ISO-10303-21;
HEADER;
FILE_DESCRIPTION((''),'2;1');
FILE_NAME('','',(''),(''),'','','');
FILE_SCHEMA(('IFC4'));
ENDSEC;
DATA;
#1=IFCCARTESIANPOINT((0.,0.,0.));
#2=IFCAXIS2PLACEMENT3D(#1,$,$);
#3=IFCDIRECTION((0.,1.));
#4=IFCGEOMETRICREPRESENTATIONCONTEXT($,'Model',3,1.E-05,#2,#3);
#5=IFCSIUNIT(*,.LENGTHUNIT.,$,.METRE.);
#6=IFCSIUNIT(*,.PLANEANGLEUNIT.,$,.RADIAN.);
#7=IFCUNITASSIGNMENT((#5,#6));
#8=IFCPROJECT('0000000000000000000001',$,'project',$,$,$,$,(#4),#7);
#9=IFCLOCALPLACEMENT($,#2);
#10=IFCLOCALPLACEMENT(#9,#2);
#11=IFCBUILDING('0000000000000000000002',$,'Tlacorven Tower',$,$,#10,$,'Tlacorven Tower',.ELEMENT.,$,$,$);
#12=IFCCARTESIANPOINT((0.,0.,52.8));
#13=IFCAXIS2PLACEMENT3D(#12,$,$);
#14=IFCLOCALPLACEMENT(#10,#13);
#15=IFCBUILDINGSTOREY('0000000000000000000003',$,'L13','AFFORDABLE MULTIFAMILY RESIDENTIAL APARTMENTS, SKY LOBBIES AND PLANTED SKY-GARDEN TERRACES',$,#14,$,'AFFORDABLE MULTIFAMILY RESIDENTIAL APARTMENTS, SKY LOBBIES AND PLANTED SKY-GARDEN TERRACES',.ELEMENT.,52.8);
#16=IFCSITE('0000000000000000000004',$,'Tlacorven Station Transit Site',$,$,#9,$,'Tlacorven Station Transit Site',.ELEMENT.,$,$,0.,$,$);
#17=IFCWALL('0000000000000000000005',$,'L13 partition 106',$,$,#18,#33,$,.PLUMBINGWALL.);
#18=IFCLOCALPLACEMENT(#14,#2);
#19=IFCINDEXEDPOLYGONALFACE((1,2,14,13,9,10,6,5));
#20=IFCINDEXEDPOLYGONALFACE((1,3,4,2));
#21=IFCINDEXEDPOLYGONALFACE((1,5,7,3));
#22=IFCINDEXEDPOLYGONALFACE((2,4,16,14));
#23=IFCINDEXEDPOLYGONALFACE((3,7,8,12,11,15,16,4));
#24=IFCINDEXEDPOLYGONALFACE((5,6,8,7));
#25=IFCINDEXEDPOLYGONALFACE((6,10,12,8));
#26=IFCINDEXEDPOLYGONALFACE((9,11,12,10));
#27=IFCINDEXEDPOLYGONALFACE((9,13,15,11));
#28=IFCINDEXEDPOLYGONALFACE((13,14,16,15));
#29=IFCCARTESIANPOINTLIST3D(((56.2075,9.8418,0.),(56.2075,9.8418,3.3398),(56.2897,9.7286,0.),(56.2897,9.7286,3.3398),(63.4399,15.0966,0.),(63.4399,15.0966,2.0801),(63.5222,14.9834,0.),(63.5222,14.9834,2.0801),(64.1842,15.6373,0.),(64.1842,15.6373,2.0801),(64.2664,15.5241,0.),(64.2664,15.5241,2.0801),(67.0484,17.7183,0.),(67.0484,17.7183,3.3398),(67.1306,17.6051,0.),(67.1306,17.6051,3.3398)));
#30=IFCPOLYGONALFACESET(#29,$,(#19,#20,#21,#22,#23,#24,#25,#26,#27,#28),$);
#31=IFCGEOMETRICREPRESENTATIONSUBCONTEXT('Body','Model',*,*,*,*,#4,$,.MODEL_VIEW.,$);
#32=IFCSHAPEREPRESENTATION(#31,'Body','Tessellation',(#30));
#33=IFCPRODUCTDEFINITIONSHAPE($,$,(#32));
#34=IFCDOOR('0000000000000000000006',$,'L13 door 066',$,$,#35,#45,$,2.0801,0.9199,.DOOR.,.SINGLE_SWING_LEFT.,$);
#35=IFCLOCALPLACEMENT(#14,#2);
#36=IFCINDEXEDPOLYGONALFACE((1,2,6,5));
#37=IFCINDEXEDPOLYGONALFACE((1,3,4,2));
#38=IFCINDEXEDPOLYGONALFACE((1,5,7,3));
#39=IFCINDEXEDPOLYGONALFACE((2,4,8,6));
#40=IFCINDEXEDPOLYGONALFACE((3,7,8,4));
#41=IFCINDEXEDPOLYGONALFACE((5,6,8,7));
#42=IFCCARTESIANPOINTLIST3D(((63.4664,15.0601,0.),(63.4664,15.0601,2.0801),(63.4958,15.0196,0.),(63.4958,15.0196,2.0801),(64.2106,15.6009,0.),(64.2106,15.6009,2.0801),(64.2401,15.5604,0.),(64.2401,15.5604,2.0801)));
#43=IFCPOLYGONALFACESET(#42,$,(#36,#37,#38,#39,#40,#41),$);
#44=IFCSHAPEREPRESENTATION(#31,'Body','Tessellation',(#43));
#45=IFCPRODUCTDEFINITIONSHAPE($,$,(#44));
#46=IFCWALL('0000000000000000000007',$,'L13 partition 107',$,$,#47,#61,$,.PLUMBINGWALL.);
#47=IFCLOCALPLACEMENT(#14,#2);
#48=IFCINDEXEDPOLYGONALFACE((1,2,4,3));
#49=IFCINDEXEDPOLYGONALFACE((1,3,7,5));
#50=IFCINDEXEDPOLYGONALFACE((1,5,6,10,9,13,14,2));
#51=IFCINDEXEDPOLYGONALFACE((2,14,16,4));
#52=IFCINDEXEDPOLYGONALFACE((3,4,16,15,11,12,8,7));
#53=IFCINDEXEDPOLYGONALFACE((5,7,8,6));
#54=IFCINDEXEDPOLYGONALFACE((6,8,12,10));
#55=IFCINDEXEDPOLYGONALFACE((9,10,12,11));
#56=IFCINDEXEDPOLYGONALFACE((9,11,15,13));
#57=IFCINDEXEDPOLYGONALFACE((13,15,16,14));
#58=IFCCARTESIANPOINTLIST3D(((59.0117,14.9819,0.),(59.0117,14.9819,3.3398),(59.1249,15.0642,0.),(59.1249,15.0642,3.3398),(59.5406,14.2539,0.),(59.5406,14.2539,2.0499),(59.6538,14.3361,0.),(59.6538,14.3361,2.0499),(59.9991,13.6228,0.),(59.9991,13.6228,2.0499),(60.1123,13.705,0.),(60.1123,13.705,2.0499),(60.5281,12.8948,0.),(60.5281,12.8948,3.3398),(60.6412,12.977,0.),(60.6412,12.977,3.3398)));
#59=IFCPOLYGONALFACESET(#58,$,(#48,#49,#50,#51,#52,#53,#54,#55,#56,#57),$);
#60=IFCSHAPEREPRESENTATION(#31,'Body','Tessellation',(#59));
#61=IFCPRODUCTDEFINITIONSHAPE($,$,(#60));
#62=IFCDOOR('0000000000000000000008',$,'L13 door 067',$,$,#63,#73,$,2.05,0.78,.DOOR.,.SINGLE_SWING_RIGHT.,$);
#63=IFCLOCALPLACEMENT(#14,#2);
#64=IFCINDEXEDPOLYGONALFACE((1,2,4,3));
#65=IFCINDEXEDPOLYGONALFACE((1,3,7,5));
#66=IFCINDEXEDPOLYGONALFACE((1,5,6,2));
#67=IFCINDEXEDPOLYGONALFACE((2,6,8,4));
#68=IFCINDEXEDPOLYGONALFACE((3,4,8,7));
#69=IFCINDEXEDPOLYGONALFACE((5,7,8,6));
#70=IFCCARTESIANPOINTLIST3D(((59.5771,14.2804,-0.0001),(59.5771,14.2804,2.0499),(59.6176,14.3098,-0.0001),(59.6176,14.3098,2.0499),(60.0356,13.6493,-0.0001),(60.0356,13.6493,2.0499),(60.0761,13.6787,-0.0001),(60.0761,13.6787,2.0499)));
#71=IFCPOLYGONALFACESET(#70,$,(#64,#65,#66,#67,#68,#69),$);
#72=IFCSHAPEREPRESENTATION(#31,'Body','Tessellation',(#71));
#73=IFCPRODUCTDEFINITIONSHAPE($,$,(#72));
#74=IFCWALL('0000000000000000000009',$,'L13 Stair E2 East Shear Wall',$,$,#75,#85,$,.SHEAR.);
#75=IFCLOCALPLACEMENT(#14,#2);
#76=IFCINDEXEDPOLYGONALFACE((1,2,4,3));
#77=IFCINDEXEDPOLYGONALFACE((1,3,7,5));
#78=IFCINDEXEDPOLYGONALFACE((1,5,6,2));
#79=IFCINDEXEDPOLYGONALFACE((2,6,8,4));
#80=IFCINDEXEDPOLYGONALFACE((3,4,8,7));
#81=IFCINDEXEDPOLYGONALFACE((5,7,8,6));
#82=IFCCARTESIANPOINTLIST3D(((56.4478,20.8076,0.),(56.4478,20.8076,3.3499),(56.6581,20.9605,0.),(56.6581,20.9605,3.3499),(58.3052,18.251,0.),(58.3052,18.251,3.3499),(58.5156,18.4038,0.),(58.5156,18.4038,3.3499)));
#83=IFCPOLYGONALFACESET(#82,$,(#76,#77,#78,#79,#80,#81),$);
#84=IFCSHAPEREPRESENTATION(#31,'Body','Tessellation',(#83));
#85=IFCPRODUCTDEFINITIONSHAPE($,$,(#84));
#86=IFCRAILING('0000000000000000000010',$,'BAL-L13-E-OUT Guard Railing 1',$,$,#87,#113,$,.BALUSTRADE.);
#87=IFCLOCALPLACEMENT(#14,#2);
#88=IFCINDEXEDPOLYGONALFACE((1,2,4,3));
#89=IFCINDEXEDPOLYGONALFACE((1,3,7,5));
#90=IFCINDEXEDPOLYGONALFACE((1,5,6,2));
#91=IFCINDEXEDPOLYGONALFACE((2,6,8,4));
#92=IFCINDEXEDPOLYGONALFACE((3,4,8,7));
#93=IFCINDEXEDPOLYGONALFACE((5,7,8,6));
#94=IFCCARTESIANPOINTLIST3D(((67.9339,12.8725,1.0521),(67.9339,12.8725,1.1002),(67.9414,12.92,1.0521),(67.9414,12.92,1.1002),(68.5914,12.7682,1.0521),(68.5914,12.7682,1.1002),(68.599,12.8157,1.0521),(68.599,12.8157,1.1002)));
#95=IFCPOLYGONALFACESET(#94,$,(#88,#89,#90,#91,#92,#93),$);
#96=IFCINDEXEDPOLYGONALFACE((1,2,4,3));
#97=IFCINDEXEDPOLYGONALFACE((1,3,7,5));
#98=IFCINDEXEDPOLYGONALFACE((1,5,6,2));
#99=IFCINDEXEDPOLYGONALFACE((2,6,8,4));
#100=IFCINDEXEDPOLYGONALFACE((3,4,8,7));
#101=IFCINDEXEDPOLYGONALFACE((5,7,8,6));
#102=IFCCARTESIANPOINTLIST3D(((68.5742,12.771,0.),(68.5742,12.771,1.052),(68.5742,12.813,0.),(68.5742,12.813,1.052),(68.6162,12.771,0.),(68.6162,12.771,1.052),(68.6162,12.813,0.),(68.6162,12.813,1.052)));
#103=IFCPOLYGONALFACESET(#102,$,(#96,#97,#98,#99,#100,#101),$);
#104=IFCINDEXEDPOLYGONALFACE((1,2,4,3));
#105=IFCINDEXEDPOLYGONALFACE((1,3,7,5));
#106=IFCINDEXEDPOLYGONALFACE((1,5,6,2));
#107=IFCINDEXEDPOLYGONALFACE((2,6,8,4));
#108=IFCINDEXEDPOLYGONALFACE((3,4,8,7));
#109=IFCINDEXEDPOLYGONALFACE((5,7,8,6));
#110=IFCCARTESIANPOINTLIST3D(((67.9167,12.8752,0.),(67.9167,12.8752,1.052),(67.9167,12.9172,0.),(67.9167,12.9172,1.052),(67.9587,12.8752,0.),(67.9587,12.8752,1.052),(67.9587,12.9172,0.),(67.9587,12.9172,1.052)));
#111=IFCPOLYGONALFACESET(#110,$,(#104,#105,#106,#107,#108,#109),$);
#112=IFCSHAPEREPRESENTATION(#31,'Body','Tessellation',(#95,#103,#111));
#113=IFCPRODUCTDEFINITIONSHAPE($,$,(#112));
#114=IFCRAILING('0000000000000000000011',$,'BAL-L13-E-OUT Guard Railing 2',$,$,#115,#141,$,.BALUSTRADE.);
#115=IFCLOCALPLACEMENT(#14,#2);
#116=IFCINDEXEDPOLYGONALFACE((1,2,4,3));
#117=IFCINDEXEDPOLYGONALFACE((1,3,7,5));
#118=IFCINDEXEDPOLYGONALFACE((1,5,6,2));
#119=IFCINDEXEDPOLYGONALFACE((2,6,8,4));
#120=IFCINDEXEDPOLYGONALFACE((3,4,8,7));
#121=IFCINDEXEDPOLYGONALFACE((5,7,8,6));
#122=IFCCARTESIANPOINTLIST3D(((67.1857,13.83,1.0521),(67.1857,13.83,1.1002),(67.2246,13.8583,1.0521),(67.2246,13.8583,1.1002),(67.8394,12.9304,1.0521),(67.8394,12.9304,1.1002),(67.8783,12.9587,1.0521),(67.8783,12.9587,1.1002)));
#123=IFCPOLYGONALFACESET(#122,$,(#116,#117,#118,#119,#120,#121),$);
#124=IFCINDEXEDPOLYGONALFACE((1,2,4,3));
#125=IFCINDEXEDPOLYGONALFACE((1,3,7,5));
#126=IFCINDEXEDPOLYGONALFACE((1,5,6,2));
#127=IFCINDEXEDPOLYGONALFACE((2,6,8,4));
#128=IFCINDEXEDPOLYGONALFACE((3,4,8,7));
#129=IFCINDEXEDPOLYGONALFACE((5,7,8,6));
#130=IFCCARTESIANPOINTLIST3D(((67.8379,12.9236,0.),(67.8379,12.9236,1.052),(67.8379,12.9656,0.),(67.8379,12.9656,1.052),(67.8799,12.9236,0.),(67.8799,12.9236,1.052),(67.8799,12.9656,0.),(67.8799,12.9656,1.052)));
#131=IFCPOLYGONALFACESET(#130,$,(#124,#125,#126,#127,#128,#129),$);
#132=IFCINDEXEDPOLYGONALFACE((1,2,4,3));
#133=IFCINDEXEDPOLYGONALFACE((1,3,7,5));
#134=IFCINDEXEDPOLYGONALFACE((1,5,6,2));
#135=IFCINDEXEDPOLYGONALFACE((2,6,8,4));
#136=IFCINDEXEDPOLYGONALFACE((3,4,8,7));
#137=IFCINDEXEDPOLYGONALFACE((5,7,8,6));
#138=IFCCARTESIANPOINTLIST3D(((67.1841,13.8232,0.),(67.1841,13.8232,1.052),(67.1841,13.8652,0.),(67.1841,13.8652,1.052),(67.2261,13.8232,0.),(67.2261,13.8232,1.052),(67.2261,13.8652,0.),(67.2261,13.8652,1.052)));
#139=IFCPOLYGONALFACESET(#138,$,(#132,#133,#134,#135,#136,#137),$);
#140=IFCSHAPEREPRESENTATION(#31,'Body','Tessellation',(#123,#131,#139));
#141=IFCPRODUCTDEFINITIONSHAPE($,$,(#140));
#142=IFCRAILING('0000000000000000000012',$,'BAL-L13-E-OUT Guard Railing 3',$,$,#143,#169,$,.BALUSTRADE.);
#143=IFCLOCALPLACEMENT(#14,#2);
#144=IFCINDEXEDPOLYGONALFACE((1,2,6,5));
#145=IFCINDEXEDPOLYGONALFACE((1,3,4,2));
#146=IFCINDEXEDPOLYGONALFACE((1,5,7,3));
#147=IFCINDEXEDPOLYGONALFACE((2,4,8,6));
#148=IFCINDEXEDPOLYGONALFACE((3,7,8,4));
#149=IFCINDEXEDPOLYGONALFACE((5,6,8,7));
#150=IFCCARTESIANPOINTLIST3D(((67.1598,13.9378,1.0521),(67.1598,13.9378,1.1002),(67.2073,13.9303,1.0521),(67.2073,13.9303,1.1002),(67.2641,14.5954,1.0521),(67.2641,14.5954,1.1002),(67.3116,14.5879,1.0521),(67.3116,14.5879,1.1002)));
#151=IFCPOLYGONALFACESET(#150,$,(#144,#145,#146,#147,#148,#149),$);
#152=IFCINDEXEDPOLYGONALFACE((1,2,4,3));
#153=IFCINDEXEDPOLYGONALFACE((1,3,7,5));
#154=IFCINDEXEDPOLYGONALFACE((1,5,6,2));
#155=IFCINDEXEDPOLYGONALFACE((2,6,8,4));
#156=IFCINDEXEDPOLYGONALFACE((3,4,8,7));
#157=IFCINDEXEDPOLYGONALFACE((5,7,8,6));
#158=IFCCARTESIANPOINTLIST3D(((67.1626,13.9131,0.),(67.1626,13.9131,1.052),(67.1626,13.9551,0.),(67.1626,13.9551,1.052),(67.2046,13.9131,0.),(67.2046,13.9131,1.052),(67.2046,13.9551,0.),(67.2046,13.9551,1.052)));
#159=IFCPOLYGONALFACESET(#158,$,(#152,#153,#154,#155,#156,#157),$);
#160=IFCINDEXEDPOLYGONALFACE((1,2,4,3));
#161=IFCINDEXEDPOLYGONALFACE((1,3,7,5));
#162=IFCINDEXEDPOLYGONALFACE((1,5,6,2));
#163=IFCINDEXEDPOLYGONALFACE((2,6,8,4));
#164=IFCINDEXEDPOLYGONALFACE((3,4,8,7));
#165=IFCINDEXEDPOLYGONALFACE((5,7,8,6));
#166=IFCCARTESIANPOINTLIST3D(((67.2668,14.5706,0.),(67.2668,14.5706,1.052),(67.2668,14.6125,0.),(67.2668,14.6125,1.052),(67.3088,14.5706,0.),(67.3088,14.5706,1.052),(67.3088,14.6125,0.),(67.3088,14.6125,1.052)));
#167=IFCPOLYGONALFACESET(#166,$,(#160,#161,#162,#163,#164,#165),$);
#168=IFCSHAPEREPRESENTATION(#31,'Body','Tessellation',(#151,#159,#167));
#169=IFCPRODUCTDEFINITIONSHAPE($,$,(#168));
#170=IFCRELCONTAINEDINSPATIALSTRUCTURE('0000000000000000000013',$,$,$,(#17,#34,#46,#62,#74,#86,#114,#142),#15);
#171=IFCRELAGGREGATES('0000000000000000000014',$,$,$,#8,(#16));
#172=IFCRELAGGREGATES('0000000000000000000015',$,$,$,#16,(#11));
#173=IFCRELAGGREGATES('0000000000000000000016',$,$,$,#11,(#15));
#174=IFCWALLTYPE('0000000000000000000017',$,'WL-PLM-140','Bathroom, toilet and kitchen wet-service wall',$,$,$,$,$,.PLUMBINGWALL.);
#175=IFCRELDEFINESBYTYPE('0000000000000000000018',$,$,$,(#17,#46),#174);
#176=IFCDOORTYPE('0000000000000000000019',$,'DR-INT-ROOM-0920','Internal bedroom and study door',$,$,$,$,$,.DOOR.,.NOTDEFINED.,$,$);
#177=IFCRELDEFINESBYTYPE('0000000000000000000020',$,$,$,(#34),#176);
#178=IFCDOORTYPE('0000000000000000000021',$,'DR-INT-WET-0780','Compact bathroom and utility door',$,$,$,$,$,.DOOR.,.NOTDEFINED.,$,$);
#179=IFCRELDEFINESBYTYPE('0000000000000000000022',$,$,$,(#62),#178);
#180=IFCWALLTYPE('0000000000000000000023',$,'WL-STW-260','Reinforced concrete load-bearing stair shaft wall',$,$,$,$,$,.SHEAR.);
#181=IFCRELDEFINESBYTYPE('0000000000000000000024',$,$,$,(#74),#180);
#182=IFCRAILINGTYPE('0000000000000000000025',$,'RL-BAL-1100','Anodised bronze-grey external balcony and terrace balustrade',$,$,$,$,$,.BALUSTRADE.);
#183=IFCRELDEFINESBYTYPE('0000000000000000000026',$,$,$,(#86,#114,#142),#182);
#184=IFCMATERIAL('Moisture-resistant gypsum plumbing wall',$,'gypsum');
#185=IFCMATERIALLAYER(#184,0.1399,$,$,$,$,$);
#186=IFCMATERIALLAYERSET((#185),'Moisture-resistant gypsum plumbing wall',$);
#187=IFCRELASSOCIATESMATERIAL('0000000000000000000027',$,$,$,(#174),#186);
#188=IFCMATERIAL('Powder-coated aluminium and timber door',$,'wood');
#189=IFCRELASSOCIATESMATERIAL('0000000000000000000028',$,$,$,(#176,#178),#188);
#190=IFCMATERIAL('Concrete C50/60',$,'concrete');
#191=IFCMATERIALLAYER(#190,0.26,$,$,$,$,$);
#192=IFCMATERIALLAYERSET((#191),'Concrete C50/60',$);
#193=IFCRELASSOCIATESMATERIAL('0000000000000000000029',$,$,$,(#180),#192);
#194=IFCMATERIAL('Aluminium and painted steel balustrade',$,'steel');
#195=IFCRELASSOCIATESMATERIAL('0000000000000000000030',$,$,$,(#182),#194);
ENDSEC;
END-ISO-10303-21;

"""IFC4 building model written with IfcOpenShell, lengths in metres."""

from ifc_helpers import new_model, si_unit, direction, frame, frame_2d, origin, origin_2d, place, context, subcontext, project, spatial, rectangle, extrude, source, transform, mapped, material, layer, layer_set, type_object, element, fill, save


model = new_model("IFC4")

# Units and contexts
model_context = context("Model", 3, precision=1e-05, world=origin(), true_north=direction((0.0, 1.0)))
body_context = subcontext(model_context, "Body", "Model", "MODEL_VIEW")
ifc_project = project(units=[si_unit("LENGTHUNIT", "METRE"), si_unit("PLANEANGLEUNIT", "RADIAN")], contexts=[model_context])

# Site, building, storey
site_placement = place(None, origin())
site = spatial("IfcSite", under=ifc_project, at=site_placement, Name="Tlacorven Station Transit Site", LongName="Tlacorven Station Transit Site", CompositionType="ELEMENT", RefElevation=0.0)
building_placement = place(site_placement, origin())
building = spatial("IfcBuilding", under=site, at=building_placement, Name="Tlacorven Tower", LongName="Tlacorven Tower", CompositionType="ELEMENT")
storey_placement = place(building_placement, frame((0.0, 0.0, 52.8)))
storey = spatial("IfcBuildingStorey", under=building, at=storey_placement, Name="L13", Description="AFFORDABLE MULTIFAMILY RESIDENTIAL APARTMENTS, SKY LOBBIES AND PLANTED SKY-GARDEN TERRACES", LongName="AFFORDABLE MULTIFAMILY RESIDENTIAL APARTMENTS, SKY LOBBIES AND PLANTED SKY-GARDEN TERRACES", CompositionType="ELEMENT", Elevation=52.8)

# Shared definitions
ifc_material_1 = material(Name="Powder-coated aluminium and timber door", Category="wood")

# Walls, openings, doors
ifc_material_2 = material(Name="Moisture-resistant gypsum plumbing wall", Category="gypsum")
ifc_layer_1 = layer(ifc_material_2, 0.1399)
ifc_layer_set_1 = layer_set([ifc_layer_1], Name="Moisture-resistant gypsum plumbing wall")
wall_type_1 = type_object("IfcWallType", Name="WL-PLM-140", Description="Bathroom, toilet and kitchen wet-service wall", PredefinedType="PLUMBINGWALL", material=ifc_layer_set_1)
wall_1_placement = place(storey_placement, frame((56.2485, 9.7852, 0.0), z_axis=(0.0, 0.0, 1.0), x_axis=(0.809012, 0.587792, 0.0)))
wall_1 = element("IfcWall", 1, at=wall_1_placement, inside=storey, type_object=wall_type_1, Name="L13 partition 106", PredefinedType="PLUMBINGWALL", context=body_context, shape_type="SweptSolid", body=[
    extrude(rectangle(XDim=13.4001, YDim=0.1399, at=frame_2d((6.7002, 0.0))), origin(), (0.0, 0.0, 1.0), 3.3398),
])
opening_1_placement = place(wall_1_placement, frame((8.9399, 0.0, 0.0)))
opening_1 = element("IfcOpeningElement", 2, at=opening_1_placement, cuts=wall_1, PredefinedType="OPENING", context=body_context, shape_type="SweptSolid", body=[
    extrude(rectangle(XDim=0.9199, YDim=2.0801, at=frame_2d((0.46, 1.04))), frame((0.0, 0.0801, 0.0), z_axis=(0.0, -1.0, 0.0), x_axis=(1.0, 0.0, 0.0)), (0.0, 0.0, 1.0), 0.1599),
])
door_type_1 = type_object("IfcDoorType", Name="DR-INT-ROOM-0920", Description="Internal bedroom and study door", OperationType="NOTDEFINED", PredefinedType="DOOR", material=ifc_material_1)
shared_shape_1 = source(origin(), body_context, "Body", "SweptSolid", [
    extrude(rectangle(XDim=0.9199, YDim=2.0801, at=frame_2d((0.46, 1.04))), frame((0.0, 0.0249, 0.0), z_axis=(0.0, -1.0, 0.0), x_axis=(1.0, 0.0, 0.0)), (0.0, 0.0, 1.0), 0.05),
])
door_1_placement = place(opening_1_placement, origin())
door_1 = element("IfcDoor", 3, at=door_1_placement, inside=storey, type_object=door_type_1, Name="L13 door 066", OperationType="SINGLE_SWING_LEFT", OverallHeight=2.0801, OverallWidth=0.9199, PredefinedType="DOOR", context=body_context, shape_type="MappedRepresentation", body=[
    mapped(shared_shape_1, transform((0.0, 0.0, 0.0), scale=1.0)),
])
fill(opening_1, door_1)
wall_2_placement = place(storey_placement, frame((60.5847, 12.9358, 0.0), z_axis=(0.0, 0.0, 1.0), x_axis=(-0.587772, 0.809027, 0.0)))
wall_2 = element("IfcWall", 4, at=wall_2_placement, inside=storey, type_object=wall_type_1, Name="L13 partition 107", PredefinedType="PLUMBINGWALL", context=body_context, shape_type="SweptSolid", body=[
    extrude(rectangle(XDim=2.5798, YDim=0.1399, at=frame_2d((1.29, 0.0))), origin(), (0.0, 0.0, 1.0), 3.3398),
])
opening_2_placement = place(wall_2_placement, frame((0.8999, 0.0, 0.0)))
opening_2 = element("IfcOpeningElement", 5, at=opening_2_placement, cuts=wall_2, PredefinedType="OPENING", context=body_context, shape_type="SweptSolid", body=[
    extrude(rectangle(XDim=0.78, YDim=2.05, at=frame_2d((0.3901, 1.0249))), frame((0.0, 0.0801, 0.0), z_axis=(0.0, -1.0, 0.0), x_axis=(1.0, 0.0, 0.0)), (0.0, 0.0, 1.0), 0.1599),
])
door_type_2 = type_object("IfcDoorType", Name="DR-INT-WET-0780", Description="Compact bathroom and utility door", OperationType="NOTDEFINED", PredefinedType="DOOR", material=ifc_material_1)
shared_shape_2 = source(origin(), body_context, "Body", "SweptSolid", [
    extrude(rectangle(XDim=0.78, YDim=2.05, at=frame_2d((0.3901, 1.0249))), frame((0.0, 0.0249, 0.0), z_axis=(0.0, -1.0, 0.0), x_axis=(1.0, 0.0, 0.0)), (0.0, 0.0, 1.0), 0.05),
])
door_2_placement = place(opening_2_placement, origin())
door_2 = element("IfcDoor", 6, at=door_2_placement, inside=storey, type_object=door_type_2, Name="L13 door 067", OperationType="SINGLE_SWING_RIGHT", OverallHeight=2.05, OverallWidth=0.78, PredefinedType="DOOR", context=body_context, shape_type="MappedRepresentation", body=[
    mapped(shared_shape_2, transform((0.0, 0.0, 0.0), scale=1.0)),
])
fill(opening_2, door_2)

# Wall
ifc_material_3 = material(Name="Concrete C50/60", Category="concrete")
ifc_layer_2 = layer(ifc_material_3, 0.26)
ifc_layer_set_2 = layer_set([ifc_layer_2], Name="Concrete C50/60")
wall_type_2 = type_object("IfcWallType", Name="WL-STW-260", Description="Reinforced concrete load-bearing stair shaft wall", PredefinedType="SHEAR", material=ifc_layer_set_2)
wall_3_placement = place(storey_placement, frame((58.4104, 18.3274, 0.0), z_axis=(0.0, 0.0, 1.0), x_axis=(-0.587767, 0.80903, 0.0)))
element("IfcWall", 7, at=wall_3_placement, inside=storey, type_object=wall_type_2, Name="L13 Stair E2 East Shear Wall", PredefinedType="SHEAR", context=body_context, shape_type="SweptSolid", body=[
    extrude(rectangle(XDim=3.1602, YDim=0.26, at=frame_2d((1.5801, 0.0))), origin(), (0.0, 0.0, 1.0), 3.3499),
])

# Railings
ifc_material_4 = material(Name="Aluminium and painted steel balustrade", Category="steel")
railing_type = type_object("IfcRailingType", Name="RL-BAL-1100", Description="Anodised bronze-grey external balcony and terrace balustrade", PredefinedType="BALUSTRADE", material=ifc_material_4)
shared_shape_3 = source(origin(), body_context, "Body", "SweptSolid", [
    extrude(rectangle(XDim=0.0481, YDim=0.0481, at=origin_2d()), frame((0.0, 0.0, 1.0762), z_axis=(-0.987662, 0.156603, 0.0), x_axis=(-0.156603, -0.987662, 0.0)), (0.0, 0.0, 1.0), 0.6658),
    extrude(rectangle(XDim=0.042, YDim=0.042, at=origin_2d()), origin(), (0.0, 0.0, 1.0), 1.052),
    extrude(rectangle(XDim=0.042, YDim=0.042, at=origin_2d()), frame((-0.6575, 0.1042, 0.0)), (0.0, 0.0, 1.0), 1.052),
])
railing_1_placement = place(storey_placement, frame((68.5952, 12.792, 0.0)))
element("IfcRailing", 8, at=railing_1_placement, inside=storey, type_object=railing_type, Name="BAL-L13-E-OUT Guard Railing 1", PredefinedType="BALUSTRADE", context=body_context, shape_type="MappedRepresentation", body=[
    mapped(shared_shape_3, transform((0.0, 0.0, 0.0), scale=1.0)),
])
shared_shape_4 = source(origin(), body_context, "Body", "SweptSolid", [
    extrude(rectangle(XDim=0.0481, YDim=0.0481, at=origin_2d()), frame((0.0, 0.0, 1.0762), z_axis=(-0.587884, 0.808945, 0.0), x_axis=(-0.808945, -0.587884, 0.0)), (0.0, 0.0, 1.0), 1.1121),
    extrude(rectangle(XDim=0.042, YDim=0.042, at=origin_2d()), origin(), (0.0, 0.0, 1.0), 1.052),
    extrude(rectangle(XDim=0.042, YDim=0.042, at=origin_2d()), frame((-0.6538, 0.8997, 0.0)), (0.0, 0.0, 1.0), 1.052),
])
railing_2_placement = place(storey_placement, frame((67.8589, 12.9446, 0.0)))
element("IfcRailing", 9, at=railing_2_placement, inside=storey, type_object=railing_type, Name="BAL-L13-E-OUT Guard Railing 2", PredefinedType="BALUSTRADE", context=body_context, shape_type="MappedRepresentation", body=[
    mapped(shared_shape_4, transform((0.0, 0.0, 0.0), scale=1.0)),
])
shared_shape_5 = source(origin(), body_context, "Body", "SweptSolid", [
    extrude(rectangle(XDim=0.0481, YDim=0.0481, at=origin_2d()), frame((0.0, 0.0, 1.0762), z_axis=(0.156603, 0.987662, 0.0), x_axis=(-0.987662, 0.156603, 0.0)), (0.0, 0.0, 1.0), 0.6658),
    extrude(rectangle(XDim=0.042, YDim=0.042, at=origin_2d()), origin(), (0.0, 0.0, 1.0), 1.052),
    extrude(rectangle(XDim=0.042, YDim=0.042, at=origin_2d()), frame((0.1042, 0.6575, 0.0)), (0.0, 0.0, 1.0), 1.052),
])
railing_3_placement = place(storey_placement, frame((67.1836, 13.9341, 0.0)))
element("IfcRailing", 10, at=railing_3_placement, inside=storey, type_object=railing_type, Name="BAL-L13-E-OUT Guard Railing 3", PredefinedType="BALUSTRADE", context=body_context, shape_type="MappedRepresentation", body=[
    mapped(shared_shape_5, transform((0.0, 0.0, 0.0), scale=1.0)),
])

save(model, "model.ifc")
